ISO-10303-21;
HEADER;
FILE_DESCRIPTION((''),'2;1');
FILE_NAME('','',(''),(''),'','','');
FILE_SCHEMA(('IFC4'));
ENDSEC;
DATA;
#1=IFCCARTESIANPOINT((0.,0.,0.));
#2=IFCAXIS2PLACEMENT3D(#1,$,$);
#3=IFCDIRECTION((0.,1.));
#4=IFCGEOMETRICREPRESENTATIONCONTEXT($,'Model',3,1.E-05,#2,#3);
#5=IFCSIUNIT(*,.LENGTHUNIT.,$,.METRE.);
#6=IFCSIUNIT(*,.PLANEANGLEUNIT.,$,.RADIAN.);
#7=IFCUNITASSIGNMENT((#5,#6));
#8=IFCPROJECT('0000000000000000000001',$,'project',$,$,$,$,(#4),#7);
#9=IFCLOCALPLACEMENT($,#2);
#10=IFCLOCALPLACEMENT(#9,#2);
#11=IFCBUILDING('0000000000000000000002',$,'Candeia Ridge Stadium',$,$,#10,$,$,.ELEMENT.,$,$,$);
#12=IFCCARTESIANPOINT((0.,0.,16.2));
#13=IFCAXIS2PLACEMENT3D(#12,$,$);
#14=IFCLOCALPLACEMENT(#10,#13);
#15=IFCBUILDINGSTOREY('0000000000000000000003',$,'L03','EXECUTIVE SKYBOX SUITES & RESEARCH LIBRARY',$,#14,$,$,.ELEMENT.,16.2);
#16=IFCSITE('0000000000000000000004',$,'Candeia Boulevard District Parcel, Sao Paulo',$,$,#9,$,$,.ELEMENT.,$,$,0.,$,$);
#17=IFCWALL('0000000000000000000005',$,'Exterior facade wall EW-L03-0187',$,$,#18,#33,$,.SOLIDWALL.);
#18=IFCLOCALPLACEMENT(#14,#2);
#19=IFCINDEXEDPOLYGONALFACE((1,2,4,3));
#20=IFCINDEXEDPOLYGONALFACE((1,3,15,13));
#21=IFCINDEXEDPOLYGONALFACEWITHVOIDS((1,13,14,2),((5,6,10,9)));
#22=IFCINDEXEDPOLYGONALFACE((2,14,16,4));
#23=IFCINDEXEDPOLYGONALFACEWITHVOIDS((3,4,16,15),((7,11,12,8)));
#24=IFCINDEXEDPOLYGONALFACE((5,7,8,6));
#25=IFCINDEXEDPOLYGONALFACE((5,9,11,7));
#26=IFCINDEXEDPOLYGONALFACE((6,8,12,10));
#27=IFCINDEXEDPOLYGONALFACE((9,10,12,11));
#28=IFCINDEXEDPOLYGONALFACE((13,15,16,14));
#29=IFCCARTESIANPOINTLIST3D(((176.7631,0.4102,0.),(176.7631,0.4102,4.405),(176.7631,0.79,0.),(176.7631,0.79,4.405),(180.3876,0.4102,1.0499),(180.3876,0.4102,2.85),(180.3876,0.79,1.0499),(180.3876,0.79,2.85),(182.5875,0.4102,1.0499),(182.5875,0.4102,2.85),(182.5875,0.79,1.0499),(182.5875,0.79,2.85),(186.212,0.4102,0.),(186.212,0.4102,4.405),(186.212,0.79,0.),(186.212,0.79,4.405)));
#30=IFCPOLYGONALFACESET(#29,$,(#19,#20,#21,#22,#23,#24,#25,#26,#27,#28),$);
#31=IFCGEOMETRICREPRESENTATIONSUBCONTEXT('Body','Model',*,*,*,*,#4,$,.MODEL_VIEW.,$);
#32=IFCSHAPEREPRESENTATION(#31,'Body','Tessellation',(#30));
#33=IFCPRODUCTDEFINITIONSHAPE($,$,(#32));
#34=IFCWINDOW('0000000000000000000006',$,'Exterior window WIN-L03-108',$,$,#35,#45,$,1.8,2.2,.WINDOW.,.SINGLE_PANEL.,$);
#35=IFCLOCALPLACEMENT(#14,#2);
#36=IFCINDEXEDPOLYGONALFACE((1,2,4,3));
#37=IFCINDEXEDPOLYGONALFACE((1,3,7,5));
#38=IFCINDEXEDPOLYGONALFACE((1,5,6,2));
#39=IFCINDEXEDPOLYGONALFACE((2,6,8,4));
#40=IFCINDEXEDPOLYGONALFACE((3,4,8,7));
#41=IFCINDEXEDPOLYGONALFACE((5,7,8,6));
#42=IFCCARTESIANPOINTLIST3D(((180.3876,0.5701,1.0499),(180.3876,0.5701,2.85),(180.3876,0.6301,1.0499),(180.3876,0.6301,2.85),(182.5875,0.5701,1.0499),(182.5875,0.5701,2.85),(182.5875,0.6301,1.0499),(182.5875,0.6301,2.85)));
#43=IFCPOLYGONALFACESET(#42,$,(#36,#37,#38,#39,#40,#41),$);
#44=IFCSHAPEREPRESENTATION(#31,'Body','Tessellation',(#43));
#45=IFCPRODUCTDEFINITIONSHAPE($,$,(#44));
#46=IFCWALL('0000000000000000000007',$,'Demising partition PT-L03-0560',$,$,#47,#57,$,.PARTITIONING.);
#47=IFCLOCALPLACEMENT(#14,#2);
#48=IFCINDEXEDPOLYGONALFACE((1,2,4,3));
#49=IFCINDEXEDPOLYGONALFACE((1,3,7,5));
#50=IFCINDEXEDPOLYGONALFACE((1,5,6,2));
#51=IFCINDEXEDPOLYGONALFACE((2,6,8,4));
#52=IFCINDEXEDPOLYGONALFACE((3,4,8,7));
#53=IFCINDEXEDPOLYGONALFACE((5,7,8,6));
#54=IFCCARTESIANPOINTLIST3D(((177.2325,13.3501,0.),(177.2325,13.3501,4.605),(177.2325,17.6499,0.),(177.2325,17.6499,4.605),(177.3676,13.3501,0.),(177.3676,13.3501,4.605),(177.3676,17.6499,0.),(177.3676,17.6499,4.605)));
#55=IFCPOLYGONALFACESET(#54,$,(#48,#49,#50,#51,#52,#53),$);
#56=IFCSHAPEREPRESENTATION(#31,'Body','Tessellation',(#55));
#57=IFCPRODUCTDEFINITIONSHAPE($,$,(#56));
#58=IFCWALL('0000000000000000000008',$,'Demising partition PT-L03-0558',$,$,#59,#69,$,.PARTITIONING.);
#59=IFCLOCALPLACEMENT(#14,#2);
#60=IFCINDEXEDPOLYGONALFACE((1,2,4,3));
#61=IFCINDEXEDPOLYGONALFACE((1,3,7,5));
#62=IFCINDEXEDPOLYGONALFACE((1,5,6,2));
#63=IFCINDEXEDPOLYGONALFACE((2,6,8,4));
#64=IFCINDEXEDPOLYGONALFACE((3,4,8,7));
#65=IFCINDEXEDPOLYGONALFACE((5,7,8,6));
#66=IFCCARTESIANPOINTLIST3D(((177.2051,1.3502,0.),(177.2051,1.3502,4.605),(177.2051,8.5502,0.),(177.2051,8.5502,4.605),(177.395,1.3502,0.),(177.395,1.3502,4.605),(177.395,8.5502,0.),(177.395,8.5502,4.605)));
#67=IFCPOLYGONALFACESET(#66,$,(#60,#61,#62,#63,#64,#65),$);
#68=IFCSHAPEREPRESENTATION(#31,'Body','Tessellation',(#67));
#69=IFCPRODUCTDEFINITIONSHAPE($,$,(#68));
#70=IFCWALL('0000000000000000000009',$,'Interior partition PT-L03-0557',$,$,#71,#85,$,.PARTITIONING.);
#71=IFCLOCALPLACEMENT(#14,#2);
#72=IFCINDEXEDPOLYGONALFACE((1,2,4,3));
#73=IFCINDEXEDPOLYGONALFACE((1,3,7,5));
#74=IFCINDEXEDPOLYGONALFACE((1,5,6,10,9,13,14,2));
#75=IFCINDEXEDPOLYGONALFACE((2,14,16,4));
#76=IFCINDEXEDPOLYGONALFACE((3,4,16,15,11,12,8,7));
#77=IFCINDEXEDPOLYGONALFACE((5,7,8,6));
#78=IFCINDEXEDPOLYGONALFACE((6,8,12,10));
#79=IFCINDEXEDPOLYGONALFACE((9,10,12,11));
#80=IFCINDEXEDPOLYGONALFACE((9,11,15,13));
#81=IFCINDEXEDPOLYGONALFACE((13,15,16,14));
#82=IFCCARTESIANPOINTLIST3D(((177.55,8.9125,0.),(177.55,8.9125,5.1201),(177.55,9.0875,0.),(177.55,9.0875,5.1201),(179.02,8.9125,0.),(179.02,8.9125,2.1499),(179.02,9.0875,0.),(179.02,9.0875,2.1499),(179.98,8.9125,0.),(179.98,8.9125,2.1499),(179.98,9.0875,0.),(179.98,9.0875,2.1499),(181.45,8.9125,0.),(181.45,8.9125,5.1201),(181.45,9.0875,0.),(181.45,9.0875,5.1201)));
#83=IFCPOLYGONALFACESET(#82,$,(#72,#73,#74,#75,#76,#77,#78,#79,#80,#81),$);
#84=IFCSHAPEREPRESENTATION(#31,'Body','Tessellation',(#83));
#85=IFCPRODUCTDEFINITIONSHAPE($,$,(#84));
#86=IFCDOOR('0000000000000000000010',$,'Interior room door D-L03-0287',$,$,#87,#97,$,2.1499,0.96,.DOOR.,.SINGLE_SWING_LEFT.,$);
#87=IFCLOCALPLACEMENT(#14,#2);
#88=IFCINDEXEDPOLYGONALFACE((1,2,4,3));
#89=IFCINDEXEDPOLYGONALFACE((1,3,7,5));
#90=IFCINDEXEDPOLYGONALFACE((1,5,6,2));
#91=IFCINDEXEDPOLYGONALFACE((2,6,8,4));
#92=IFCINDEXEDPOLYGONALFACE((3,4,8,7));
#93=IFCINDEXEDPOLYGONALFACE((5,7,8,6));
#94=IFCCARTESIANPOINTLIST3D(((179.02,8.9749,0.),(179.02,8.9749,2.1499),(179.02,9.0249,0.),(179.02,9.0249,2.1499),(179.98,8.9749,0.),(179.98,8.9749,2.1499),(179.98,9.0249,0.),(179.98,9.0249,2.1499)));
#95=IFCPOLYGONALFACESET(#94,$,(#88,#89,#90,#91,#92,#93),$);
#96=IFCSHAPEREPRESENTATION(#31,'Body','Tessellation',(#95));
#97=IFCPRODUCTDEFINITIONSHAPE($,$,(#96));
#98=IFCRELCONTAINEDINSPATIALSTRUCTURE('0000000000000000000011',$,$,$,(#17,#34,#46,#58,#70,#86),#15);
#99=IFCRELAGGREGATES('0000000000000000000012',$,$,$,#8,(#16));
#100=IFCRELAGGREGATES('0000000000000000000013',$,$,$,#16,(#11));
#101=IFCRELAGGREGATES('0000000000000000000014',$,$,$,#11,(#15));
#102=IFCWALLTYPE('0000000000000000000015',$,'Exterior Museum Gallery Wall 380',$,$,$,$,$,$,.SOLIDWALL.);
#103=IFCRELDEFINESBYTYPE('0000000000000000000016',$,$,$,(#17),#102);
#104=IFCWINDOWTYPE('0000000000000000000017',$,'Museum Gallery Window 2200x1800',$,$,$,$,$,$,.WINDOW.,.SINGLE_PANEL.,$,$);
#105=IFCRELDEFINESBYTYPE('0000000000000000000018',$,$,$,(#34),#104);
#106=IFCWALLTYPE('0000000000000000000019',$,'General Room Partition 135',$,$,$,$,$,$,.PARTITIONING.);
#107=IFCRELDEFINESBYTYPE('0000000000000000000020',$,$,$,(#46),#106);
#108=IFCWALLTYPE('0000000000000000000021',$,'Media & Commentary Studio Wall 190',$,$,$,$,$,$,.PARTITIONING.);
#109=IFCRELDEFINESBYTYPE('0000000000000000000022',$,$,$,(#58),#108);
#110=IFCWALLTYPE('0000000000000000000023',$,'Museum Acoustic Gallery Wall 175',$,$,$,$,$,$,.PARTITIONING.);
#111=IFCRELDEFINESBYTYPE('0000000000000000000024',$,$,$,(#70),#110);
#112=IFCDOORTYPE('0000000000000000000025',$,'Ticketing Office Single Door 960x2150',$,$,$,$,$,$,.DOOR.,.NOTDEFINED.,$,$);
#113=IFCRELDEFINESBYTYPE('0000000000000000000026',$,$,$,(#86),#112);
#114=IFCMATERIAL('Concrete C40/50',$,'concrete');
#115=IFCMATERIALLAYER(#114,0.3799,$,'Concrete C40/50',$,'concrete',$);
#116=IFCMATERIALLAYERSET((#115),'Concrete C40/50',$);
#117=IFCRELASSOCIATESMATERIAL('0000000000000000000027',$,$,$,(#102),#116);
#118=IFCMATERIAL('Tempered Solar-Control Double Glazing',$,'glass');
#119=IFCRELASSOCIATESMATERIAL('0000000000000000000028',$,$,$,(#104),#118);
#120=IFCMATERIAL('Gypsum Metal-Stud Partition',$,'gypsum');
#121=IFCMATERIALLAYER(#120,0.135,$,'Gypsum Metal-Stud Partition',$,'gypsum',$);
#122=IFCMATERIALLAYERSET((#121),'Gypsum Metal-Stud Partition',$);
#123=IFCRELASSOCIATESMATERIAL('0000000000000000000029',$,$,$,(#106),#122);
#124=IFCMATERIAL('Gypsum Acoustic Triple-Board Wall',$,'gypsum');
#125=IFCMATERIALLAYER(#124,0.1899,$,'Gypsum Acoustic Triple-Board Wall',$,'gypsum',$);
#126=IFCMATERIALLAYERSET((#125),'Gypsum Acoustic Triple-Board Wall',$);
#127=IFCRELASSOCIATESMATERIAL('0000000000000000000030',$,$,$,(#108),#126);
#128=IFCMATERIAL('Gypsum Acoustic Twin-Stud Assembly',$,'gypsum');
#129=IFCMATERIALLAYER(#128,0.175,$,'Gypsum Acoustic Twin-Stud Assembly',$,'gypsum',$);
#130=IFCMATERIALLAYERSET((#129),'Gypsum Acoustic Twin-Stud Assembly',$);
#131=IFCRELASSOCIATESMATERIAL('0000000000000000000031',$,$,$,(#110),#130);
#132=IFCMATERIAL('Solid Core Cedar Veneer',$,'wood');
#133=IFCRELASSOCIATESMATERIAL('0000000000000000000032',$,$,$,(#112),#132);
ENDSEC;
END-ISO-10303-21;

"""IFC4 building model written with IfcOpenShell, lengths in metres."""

from ifc_helpers import new_model, si_unit, direction, frame, frame_2d, origin, place, context, subcontext, project, spatial, rectangle, extrude, material, layer, layer_set, type_object, element, fill, save


model = new_model("IFC4")

# Units and contexts
model_context = context("Model", 3, precision=1e-05, world=origin(), true_north=direction((0.0, 1.0)))
body_context = subcontext(model_context, "Body", "Model", "MODEL_VIEW")
ifc_project = project(units=[si_unit("LENGTHUNIT", "METRE"), si_unit("PLANEANGLEUNIT", "RADIAN")], contexts=[model_context])

# Site, building, storey
site_placement = place(None, origin())
site = spatial("IfcSite", under=ifc_project, at=site_placement, Name="Candeia Boulevard District Parcel, Sao Paulo", CompositionType="ELEMENT", RefElevation=0.0)
building_placement = place(site_placement, origin())
building = spatial("IfcBuilding", under=site, at=building_placement, Name="Candeia Ridge Stadium", CompositionType="ELEMENT")
storey_placement = place(building_placement, frame((0.0, 0.0, 16.2)))
storey = spatial("IfcBuildingStorey", under=building, at=storey_placement, Name="L03", Description="EXECUTIVE SKYBOX SUITES & RESEARCH LIBRARY", CompositionType="ELEMENT", Elevation=16.2)

# Shared definitions
ifc_material_1 = material(Name="Concrete C40/50", Category="concrete")

# Shared definitions
ifc_material_2 = material(Name="Gypsum Metal-Stud Partition", Category="gypsum")

# Wall, opening, window
ifc_layer_1 = layer(ifc_material_1, 0.3799, Name="Concrete C40/50", Category="concrete")
ifc_layer_set_1 = layer_set([ifc_layer_1], Name="Concrete C40/50")
wall_type_1 = type_object("IfcWallType", Name="Exterior Museum Gallery Wall 380", PredefinedType="SOLIDWALL", material=ifc_layer_set_1)
wall_1_placement = place(storey_placement, frame((176.7629, 0.6001, 0.0), z_axis=(0.0, 0.0, 1.0), x_axis=(1.0, 0.0, 0.0)))
wall_1 = element("IfcWall", 1, at=wall_1_placement, inside=storey, type_object=wall_type_1, Name="Exterior facade wall EW-L03-0187", PredefinedType="SOLIDWALL", context=body_context, shape_type="SweptSolid", body=[
    extrude(rectangle(XDim=9.449, YDim=0.3799, at=frame_2d((4.7246, 0.0))), origin(), (0.0, 0.0, 1.0), 4.405),
])
opening_1_placement = place(wall_1_placement, frame((3.6245, 0.0, 1.05)))
opening_1 = element("IfcOpeningElement", 2, at=opening_1_placement, cuts=wall_1, PredefinedType="OPENING", context=body_context, shape_type="SweptSolid", body=[
    extrude(rectangle(XDim=2.2, YDim=1.8, at=frame_2d((1.1001, 0.8999))), frame((0.0, 0.2, 0.0), z_axis=(0.0, -1.0, 0.0), x_axis=(1.0, 0.0, 0.0)), (0.0, 0.0, 1.0), 0.3999),
])
ifc_material_3 = material(Name="Tempered Solar-Control Double Glazing", Category="glass")
window_type = type_object("IfcWindowType", Name="Museum Gallery Window 2200x1800", PartitioningType="SINGLE_PANEL", PredefinedType="WINDOW", material=ifc_material_3)
window_placement = place(opening_1_placement, origin())
window = element("IfcWindow", 3, at=window_placement, inside=storey, type_object=window_type, Name="Exterior window WIN-L03-108", OverallHeight=1.8, OverallWidth=2.2, PartitioningType="SINGLE_PANEL", PredefinedType="WINDOW", context=body_context, shape_type="SweptSolid", body=[
    extrude(rectangle(XDim=2.2, YDim=1.8, at=frame_2d((1.1001, 0.8999))), frame((0.0, 0.03, 0.0), z_axis=(0.0, -1.0, 0.0), x_axis=(1.0, 0.0, 0.0)), (0.0, 0.0, 1.0), 0.0601),
])
fill(opening_1, window)

# Walls
ifc_layer_2 = layer(ifc_material_2, 0.135, Name="Gypsum Metal-Stud Partition", Category="gypsum")
ifc_layer_set_2 = layer_set([ifc_layer_2], Name="Gypsum Metal-Stud Partition")
wall_type_2 = type_object("IfcWallType", Name="General Room Partition 135", PredefinedType="PARTITIONING", material=ifc_layer_set_2)
wall_2_placement = place(storey_placement, frame((177.3, 13.3501, 0.0), z_axis=(0.0, 0.0, 1.0), x_axis=(0.0, 1.0, 0.0)))
element("IfcWall", 4, at=wall_2_placement, inside=storey, type_object=wall_type_2, Name="Demising partition PT-L03-0560", PredefinedType="PARTITIONING", context=body_context, shape_type="SweptSolid", body=[
    extrude(rectangle(XDim=4.2998, YDim=0.135, at=frame_2d((2.1499, 0.0))), origin(), (0.0, 0.0, 1.0), 4.605),
])
ifc_material_4 = material(Name="Gypsum Acoustic Triple-Board Wall", Category="gypsum")
ifc_layer_3 = layer(ifc_material_4, 0.1899, Name="Gypsum Acoustic Triple-Board Wall", Category="gypsum")
ifc_layer_set_3 = layer_set([ifc_layer_3], Name="Gypsum Acoustic Triple-Board Wall")
wall_type_3 = type_object("IfcWallType", Name="Media & Commentary Studio Wall 190", PredefinedType="PARTITIONING", material=ifc_layer_set_3)
wall_3_placement = place(storey_placement, frame((177.3, 1.3501, 0.0), z_axis=(0.0, 0.0, 1.0), x_axis=(0.0, 1.0, 0.0)))
element("IfcWall", 5, at=wall_3_placement, inside=storey, type_object=wall_type_3, Name="Demising partition PT-L03-0558", PredefinedType="PARTITIONING", context=body_context, shape_type="SweptSolid", body=[
    extrude(rectangle(XDim=7.2, YDim=0.1899, at=frame_2d((3.6001, 0.0))), origin(), (0.0, 0.0, 1.0), 4.605),
])

# Wall, opening, door
ifc_material_5 = material(Name="Gypsum Acoustic Twin-Stud Assembly", Category="gypsum")
ifc_layer_4 = layer(ifc_material_5, 0.175, Name="Gypsum Acoustic Twin-Stud Assembly", Category="gypsum")
ifc_layer_set_4 = layer_set([ifc_layer_4], Name="Gypsum Acoustic Twin-Stud Assembly")
wall_type_4 = type_object("IfcWallType", Name="Museum Acoustic Gallery Wall 175", PredefinedType="PARTITIONING", material=ifc_layer_set_4)
wall_4_placement = place(storey_placement, frame((177.55, 9.0, 0.0), z_axis=(0.0, 0.0, 1.0), x_axis=(1.0, 0.0, 0.0)))
wall_4 = element("IfcWall", 6, at=wall_4_placement, inside=storey, type_object=wall_type_4, Name="Interior partition PT-L03-0557", PredefinedType="PARTITIONING", context=body_context, shape_type="SweptSolid", body=[
    extrude(rectangle(XDim=3.8999, YDim=0.175, at=frame_2d((1.95, 0.0))), origin(), (0.0, 0.0, 1.0), 5.1201),
])
opening_2_placement = place(wall_4_placement, frame((1.47, 0.0, 0.0)))
opening_2 = element("IfcOpeningElement", 7, at=opening_2_placement, cuts=wall_4, PredefinedType="OPENING", context=body_context, shape_type="SweptSolid", body=[
    extrude(rectangle(XDim=0.96, YDim=2.1499, at=frame_2d((0.48, 1.075))), frame((0.0, 0.0974, 0.0), z_axis=(0.0, -1.0, 0.0), x_axis=(1.0, 0.0, 0.0)), (0.0, 0.0, 1.0), 0.1951),
])
ifc_material_6 = material(Name="Solid Core Cedar Veneer", Category="wood")
door_type_1 = type_object("IfcDoorType", Name="Ticketing Office Single Door 960x2150", OperationType="NOTDEFINED", PredefinedType="DOOR", material=ifc_material_6)
door_1_placement = place(opening_2_placement, origin())
door_1 = element("IfcDoor", 8, at=door_1_placement, inside=storey, type_object=door_type_1, Name="Interior room door D-L03-0287", OperationType="SINGLE_SWING_LEFT", OverallHeight=2.1499, OverallWidth=0.96, PredefinedType="DOOR", context=body_context, shape_type="SweptSolid", body=[
    extrude(rectangle(XDim=0.96, YDim=2.1499, at=frame_2d((0.48, 1.075))), frame((0.0, 0.0249, 0.0), z_axis=(0.0, -1.0, 0.0), x_axis=(1.0, 0.0, 0.0)), (0.0, 0.0, 1.0), 0.05),
])
fill(opening_2, door_1)

save(model, "model.ifc")
